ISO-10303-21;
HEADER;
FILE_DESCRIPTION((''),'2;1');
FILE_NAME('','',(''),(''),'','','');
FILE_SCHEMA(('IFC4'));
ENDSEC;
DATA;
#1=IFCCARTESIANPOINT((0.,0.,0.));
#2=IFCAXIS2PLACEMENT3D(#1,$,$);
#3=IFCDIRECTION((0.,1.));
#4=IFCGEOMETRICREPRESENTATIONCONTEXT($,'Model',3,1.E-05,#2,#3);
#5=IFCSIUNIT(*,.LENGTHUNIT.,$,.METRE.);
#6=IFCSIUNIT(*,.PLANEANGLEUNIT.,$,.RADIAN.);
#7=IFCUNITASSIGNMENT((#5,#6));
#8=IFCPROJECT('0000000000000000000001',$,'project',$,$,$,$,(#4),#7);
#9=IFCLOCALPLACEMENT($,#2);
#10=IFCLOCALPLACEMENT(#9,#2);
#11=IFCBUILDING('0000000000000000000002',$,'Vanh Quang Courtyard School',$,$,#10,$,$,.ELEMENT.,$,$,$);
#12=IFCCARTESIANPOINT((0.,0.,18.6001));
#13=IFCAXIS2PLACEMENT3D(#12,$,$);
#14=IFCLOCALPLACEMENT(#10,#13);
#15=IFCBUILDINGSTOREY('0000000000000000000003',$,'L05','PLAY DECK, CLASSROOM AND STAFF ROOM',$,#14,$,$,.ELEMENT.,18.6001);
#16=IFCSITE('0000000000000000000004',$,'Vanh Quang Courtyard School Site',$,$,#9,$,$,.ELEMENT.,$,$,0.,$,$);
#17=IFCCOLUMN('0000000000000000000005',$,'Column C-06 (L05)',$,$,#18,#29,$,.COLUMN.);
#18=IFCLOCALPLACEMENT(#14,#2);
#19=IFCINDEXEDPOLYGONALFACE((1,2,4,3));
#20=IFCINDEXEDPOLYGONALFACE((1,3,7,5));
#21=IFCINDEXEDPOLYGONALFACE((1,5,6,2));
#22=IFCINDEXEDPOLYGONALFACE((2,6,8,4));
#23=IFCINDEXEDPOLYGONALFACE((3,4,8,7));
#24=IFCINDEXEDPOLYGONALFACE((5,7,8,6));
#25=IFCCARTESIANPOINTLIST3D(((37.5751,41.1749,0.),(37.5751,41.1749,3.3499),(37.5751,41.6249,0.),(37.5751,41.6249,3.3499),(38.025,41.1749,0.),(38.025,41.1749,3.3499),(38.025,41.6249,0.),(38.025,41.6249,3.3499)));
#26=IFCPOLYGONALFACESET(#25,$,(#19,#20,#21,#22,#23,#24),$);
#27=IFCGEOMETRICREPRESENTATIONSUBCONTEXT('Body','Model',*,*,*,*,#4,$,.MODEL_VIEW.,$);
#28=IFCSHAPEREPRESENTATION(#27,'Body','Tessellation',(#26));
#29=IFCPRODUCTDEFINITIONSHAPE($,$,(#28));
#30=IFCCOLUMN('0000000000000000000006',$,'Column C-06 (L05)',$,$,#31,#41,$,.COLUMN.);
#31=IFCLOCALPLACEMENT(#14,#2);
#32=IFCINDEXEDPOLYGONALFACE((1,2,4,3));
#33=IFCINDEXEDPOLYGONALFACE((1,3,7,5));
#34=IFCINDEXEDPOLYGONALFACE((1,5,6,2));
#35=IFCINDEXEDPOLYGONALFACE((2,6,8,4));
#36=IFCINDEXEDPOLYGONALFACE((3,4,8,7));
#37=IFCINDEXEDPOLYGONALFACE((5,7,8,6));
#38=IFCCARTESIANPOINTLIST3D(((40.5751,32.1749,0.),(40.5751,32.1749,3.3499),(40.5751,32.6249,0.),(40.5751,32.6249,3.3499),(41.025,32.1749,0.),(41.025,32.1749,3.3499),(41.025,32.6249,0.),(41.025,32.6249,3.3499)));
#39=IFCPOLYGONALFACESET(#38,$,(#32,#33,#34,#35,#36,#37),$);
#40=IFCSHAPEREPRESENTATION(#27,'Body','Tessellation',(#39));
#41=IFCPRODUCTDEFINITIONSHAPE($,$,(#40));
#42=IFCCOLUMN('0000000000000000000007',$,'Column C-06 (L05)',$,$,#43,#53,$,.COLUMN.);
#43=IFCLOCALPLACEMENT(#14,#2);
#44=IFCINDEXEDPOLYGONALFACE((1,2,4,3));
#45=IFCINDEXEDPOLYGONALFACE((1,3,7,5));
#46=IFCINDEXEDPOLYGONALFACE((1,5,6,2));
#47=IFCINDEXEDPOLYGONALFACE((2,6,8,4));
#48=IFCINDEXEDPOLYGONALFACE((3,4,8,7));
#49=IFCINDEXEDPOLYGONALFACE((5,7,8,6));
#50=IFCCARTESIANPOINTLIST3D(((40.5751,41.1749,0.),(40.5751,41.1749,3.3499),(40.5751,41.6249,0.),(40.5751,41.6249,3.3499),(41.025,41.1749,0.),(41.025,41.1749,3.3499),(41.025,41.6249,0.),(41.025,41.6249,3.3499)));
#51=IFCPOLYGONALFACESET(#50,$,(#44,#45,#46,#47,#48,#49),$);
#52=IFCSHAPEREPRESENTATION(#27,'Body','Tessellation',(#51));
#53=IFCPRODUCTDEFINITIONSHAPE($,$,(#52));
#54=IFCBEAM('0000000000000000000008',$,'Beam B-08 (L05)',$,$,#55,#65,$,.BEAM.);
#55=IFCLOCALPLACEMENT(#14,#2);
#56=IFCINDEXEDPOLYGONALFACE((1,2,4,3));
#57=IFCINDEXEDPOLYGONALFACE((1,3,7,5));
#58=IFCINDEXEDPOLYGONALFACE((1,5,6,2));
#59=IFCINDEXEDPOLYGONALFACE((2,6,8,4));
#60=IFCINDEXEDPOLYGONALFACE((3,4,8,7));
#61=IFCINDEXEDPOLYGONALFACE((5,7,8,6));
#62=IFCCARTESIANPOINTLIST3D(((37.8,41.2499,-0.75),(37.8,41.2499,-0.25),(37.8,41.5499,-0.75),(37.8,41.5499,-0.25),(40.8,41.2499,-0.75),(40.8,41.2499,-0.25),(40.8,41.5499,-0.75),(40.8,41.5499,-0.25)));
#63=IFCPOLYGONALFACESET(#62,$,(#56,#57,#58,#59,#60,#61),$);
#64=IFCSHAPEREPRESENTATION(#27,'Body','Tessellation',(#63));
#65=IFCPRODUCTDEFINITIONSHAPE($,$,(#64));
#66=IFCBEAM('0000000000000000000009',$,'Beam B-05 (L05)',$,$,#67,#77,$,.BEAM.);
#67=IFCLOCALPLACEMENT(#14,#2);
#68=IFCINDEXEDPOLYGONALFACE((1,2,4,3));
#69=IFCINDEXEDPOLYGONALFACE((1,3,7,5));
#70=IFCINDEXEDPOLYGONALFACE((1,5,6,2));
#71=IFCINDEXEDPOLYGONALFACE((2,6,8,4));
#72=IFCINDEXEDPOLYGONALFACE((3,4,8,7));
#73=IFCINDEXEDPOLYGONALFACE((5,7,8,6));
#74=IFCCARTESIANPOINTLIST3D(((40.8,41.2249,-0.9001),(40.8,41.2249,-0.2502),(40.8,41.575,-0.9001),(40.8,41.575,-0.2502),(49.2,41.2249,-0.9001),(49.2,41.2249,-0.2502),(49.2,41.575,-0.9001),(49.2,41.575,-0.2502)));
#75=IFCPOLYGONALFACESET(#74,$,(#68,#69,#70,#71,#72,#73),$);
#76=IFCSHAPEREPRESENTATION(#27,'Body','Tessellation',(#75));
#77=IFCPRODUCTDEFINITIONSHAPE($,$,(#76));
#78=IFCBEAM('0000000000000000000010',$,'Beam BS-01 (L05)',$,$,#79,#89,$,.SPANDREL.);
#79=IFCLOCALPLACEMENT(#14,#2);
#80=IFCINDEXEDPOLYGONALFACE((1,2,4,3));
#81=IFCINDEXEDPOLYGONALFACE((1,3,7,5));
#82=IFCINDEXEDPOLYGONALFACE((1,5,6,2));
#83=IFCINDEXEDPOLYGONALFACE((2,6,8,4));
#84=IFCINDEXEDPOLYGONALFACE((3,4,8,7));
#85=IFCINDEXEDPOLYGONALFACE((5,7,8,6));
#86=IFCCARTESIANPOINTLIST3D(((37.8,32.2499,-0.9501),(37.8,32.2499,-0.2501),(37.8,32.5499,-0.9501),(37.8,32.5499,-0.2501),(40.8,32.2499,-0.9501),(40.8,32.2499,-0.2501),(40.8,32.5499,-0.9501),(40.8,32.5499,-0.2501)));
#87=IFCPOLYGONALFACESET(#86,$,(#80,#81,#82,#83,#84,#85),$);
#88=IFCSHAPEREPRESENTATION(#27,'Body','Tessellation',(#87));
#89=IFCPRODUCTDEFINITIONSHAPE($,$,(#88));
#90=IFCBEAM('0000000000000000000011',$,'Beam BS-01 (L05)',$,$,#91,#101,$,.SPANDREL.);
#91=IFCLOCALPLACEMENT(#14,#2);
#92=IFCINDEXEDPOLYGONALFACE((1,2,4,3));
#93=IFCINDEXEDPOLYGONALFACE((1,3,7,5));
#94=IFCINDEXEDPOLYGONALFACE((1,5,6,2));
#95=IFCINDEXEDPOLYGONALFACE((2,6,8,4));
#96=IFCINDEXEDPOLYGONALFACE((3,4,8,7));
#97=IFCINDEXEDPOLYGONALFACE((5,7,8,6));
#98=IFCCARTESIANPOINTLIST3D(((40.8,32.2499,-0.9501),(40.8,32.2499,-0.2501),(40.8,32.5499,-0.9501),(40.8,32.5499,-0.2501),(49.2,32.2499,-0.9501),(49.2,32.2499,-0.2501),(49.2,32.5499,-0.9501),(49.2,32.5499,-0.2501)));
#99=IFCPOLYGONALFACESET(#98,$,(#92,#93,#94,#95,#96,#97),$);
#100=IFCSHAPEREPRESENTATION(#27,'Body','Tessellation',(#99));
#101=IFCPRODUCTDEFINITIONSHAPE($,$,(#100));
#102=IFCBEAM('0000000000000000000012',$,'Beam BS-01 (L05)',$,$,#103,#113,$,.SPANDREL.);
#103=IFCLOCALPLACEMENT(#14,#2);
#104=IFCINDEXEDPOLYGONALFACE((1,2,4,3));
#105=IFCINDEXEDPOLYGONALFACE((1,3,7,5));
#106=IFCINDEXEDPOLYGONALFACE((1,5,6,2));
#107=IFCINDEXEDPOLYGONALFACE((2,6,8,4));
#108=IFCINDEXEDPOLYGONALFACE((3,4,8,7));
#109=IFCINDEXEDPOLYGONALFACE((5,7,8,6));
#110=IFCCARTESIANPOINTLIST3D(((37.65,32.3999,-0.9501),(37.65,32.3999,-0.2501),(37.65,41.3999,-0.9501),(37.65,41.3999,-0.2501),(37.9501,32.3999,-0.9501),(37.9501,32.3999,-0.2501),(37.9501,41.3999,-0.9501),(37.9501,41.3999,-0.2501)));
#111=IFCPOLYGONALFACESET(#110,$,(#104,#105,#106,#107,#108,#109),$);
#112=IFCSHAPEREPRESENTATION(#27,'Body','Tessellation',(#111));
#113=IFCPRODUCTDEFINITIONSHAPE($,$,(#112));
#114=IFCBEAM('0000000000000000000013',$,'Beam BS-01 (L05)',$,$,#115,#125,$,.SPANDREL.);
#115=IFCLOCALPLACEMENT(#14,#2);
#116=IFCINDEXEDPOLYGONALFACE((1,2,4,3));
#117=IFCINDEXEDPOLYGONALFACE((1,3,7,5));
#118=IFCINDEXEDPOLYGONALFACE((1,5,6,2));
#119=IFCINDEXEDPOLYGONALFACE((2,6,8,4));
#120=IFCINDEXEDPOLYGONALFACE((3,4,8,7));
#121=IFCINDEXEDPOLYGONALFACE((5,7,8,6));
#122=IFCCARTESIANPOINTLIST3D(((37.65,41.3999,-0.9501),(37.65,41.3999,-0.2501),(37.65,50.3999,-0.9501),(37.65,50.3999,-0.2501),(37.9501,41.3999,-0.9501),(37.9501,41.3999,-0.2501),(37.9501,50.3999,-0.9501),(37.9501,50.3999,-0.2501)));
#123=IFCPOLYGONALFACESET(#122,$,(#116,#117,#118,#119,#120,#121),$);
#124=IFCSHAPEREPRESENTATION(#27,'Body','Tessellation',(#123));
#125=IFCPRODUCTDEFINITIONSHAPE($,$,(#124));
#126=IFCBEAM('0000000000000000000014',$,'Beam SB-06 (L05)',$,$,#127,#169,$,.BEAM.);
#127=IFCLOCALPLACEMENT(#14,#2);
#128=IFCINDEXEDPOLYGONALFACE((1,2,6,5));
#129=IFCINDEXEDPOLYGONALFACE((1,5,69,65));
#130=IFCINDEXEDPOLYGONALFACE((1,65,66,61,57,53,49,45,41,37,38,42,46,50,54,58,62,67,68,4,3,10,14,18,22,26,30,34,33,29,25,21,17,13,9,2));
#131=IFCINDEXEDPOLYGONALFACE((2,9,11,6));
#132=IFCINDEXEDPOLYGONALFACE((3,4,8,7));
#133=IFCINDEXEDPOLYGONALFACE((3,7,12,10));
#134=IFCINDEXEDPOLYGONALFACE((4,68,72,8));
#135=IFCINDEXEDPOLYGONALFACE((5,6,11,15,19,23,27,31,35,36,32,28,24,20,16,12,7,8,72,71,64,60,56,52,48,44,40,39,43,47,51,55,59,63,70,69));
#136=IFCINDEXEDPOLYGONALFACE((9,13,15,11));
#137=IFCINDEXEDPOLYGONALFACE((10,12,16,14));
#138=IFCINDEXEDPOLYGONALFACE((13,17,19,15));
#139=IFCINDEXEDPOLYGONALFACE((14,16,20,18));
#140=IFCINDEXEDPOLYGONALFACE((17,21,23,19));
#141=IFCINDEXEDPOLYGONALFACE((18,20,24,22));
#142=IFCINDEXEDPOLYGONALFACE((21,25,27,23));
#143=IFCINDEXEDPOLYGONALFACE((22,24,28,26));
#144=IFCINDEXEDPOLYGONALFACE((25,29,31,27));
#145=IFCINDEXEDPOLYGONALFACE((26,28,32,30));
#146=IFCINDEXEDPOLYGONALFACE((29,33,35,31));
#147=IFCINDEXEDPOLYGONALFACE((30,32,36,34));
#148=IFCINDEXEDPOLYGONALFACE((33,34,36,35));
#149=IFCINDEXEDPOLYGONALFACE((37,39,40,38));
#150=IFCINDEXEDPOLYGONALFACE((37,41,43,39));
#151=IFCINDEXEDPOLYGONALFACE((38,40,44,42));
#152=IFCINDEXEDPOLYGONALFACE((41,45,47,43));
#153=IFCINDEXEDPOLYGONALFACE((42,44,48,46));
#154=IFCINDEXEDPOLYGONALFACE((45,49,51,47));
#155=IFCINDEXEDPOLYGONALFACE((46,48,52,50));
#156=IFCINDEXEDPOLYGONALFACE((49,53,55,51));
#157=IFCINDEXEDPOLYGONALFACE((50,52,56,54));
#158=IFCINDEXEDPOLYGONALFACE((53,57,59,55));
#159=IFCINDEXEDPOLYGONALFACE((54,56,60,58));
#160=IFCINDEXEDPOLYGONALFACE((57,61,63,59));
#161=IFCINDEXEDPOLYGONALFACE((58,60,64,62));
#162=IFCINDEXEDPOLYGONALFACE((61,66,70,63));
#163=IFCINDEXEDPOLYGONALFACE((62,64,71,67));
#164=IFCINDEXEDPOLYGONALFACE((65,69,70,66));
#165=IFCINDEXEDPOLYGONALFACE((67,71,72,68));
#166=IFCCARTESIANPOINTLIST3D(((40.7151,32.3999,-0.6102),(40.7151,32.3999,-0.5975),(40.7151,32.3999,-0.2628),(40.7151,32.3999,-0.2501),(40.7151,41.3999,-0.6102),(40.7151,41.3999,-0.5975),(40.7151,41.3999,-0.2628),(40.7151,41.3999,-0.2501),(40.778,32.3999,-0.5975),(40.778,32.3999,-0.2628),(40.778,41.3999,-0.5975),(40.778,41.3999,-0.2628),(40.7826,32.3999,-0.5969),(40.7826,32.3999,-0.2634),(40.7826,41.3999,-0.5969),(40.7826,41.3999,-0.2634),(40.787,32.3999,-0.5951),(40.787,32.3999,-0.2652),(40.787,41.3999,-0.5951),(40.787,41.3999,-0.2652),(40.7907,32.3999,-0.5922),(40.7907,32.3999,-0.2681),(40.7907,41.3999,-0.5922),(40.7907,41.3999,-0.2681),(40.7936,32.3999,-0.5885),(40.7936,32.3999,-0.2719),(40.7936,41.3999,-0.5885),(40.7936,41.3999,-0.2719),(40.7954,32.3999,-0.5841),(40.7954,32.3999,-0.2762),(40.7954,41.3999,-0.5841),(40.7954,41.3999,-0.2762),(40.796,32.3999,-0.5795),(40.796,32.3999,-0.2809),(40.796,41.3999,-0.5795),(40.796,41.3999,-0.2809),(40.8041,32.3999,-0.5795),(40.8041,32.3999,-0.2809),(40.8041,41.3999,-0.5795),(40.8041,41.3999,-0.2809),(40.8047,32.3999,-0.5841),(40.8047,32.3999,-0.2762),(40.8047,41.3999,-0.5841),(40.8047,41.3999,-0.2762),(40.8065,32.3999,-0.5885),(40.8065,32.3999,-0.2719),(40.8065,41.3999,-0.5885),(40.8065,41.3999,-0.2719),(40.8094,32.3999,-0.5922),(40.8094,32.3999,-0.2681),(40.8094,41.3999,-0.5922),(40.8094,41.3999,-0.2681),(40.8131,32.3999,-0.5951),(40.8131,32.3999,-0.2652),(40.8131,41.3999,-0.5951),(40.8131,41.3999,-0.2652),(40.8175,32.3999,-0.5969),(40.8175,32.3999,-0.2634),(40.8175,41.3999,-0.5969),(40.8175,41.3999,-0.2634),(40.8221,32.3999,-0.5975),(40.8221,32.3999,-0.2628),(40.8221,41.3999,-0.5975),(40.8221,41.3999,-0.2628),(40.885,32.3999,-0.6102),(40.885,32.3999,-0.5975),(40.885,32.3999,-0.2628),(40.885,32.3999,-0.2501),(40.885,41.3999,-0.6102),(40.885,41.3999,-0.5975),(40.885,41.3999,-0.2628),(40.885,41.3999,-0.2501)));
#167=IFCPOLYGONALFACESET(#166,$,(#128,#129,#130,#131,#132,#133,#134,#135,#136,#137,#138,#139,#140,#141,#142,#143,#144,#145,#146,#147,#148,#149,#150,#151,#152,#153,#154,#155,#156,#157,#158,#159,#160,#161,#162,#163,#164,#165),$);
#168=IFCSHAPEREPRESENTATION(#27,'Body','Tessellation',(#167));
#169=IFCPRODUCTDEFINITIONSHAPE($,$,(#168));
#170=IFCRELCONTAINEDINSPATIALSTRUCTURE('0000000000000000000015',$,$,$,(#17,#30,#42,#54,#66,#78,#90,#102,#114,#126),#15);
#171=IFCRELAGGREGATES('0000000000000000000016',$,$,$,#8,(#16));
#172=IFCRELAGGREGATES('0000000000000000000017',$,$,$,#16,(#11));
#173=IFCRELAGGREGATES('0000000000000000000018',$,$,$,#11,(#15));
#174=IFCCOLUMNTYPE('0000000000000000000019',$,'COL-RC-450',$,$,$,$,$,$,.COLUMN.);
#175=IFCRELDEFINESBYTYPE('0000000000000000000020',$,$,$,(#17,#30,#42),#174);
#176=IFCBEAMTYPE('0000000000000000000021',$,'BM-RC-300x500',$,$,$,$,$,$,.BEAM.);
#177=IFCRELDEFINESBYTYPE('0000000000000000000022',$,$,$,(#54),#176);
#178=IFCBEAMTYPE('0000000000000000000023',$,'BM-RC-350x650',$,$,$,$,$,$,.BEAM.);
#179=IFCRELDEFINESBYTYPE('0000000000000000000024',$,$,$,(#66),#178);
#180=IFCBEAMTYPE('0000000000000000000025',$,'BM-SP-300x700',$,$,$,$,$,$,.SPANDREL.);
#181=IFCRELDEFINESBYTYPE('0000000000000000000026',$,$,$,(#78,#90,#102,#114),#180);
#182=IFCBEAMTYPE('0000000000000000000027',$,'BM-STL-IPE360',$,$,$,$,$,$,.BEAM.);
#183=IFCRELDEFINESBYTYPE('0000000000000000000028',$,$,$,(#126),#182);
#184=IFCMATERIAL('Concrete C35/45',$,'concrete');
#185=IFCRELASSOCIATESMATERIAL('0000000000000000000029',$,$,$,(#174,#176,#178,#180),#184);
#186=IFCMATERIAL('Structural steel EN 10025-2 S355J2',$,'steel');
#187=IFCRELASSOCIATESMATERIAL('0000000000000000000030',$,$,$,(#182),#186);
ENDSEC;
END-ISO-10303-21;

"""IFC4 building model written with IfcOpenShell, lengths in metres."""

from ifc_helpers import new_model, si_unit, direction, frame, origin, origin_2d, place, context, subcontext, project, spatial, rectangle, i_section, extrude, material, material_profile, profile_set, type_object, element, save


model = new_model("IFC4")

# Units and contexts
model_context = context("Model", 3, precision=1e-05, world=origin(), true_north=direction((0.0, 1.0)))
body_context = subcontext(model_context, "Body", "Model", "MODEL_VIEW")
ifc_project = project(units=[si_unit("LENGTHUNIT", "METRE"), si_unit("PLANEANGLEUNIT", "RADIAN")], contexts=[model_context])

# Site, building, storey
site_placement = place(None, origin())
site = spatial("IfcSite", under=ifc_project, at=site_placement, Name="Vanh Quang Courtyard School Site", CompositionType="ELEMENT", RefElevation=0.0)
building_placement = place(site_placement, origin())
building = spatial("IfcBuilding", under=site, at=building_placement, Name="Vanh Quang Courtyard School", CompositionType="ELEMENT")
storey_placement = place(building_placement, frame((0.0, 0.0, 18.6001)))
storey = spatial("IfcBuildingStorey", under=building, at=storey_placement, Name="L05", Description="PLAY DECK, CLASSROOM AND STAFF ROOM", CompositionType="ELEMENT", Elevation=18.6001)

# Columns
ifc_material_1 = material(Name="Concrete C35/45", Category="concrete")
ifc_material_profile_1 = material_profile(ifc_material_1, rectangle(XDim=0.45, YDim=0.45, at=origin_2d()), Name="RC-COL 450x450")
ifc_profile_set_1 = profile_set([ifc_material_profile_1], Name="Concrete C35/45")
column_type = type_object("IfcColumnType", Name="COL-RC-450", PredefinedType="COLUMN", material=ifc_profile_set_1)
for number, where, z_axis, x_axis, name in (
    (1, (37.8, 41.3999, 0.0), (0.0, 0.0, 1.0), (1.0, 0.0, 0.0), "Column C-06 (L05)"),
    (2, (40.8, 32.3999, 0.0), (0.0, 0.0, 1.0), (1.0, 0.0, 0.0), "Column C-06 (L05)"),
    (3, (40.8, 41.3999, 0.0), (0.0, 0.0, 1.0), (1.0, 0.0, 0.0), "Column C-06 (L05)"),
):
    element("IfcColumn", number, at=place(storey_placement, frame(where, z_axis=z_axis, x_axis=x_axis)), inside=storey, type_object=column_type, Name=name, PredefinedType="COLUMN", context=body_context, shape_type="SweptSolid", body=[
        extrude(rectangle(XDim=0.45, YDim=0.45, at=origin_2d()), origin(), (0.0, 0.0, 1.0), 3.3499),
    ])

# Beams
ifc_material_profile_2 = material_profile(ifc_material_1, rectangle(XDim=0.3, YDim=0.5, at=origin_2d()), Name="RC-BM 300x500")
ifc_profile_set_2 = profile_set([ifc_material_profile_2], Name="Concrete C35/45")
beam_type_1 = type_object("IfcBeamType", Name="BM-RC-300x500", PredefinedType="BEAM", material=ifc_profile_set_2)
beam_1_placement = place(storey_placement, frame((37.8, 41.3999, -0.5), z_axis=(1.0, 0.0, 0.0), x_axis=(0.0, 1.0, 0.0)))
element("IfcBeam", 4, at=beam_1_placement, inside=storey, type_object=beam_type_1, Name="Beam B-08 (L05)", PredefinedType="BEAM", context=body_context, shape_type="SweptSolid", body=[
    extrude(rectangle(XDim=0.3, YDim=0.5, at=origin_2d()), origin(), (0.0, 0.0, 1.0), 3.0),
])
ifc_material_profile_3 = material_profile(ifc_material_1, rectangle(XDim=0.3501, YDim=0.6499, at=origin_2d()), Name="RC-BM 350x650")
ifc_profile_set_3 = profile_set([ifc_material_profile_3], Name="Concrete C35/45")
beam_type_2 = type_object("IfcBeamType", Name="BM-RC-350x650", PredefinedType="BEAM", material=ifc_profile_set_3)
beam_2_placement = place(storey_placement, frame((40.8, 41.3999, -0.5752), z_axis=(1.0, 0.0, 0.0), x_axis=(0.0, 1.0, 0.0)))
element("IfcBeam", 5, at=beam_2_placement, inside=storey, type_object=beam_type_2, Name="Beam B-05 (L05)", PredefinedType="BEAM", context=body_context, shape_type="SweptSolid", body=[
    extrude(rectangle(XDim=0.3501, YDim=0.6499, at=origin_2d()), origin(), (0.0, 0.0, 1.0), 8.3999),
])
ifc_material_profile_4 = material_profile(ifc_material_1, rectangle(XDim=0.3, YDim=0.7, at=origin_2d()), Name="RC-SP 300x700")
ifc_profile_set_4 = profile_set([ifc_material_profile_4], Name="Concrete C35/45")
beam_type_3 = type_object("IfcBeamType", Name="BM-SP-300x700", PredefinedType="SPANDREL", material=ifc_profile_set_4)
beam_3_placement = place(storey_placement, frame((37.8, 32.3999, -0.6001), z_axis=(1.0, 0.0, 0.0), x_axis=(0.0, 1.0, 0.0)))
element("IfcBeam", 6, at=beam_3_placement, inside=storey, type_object=beam_type_3, Name="Beam BS-01 (L05)", PredefinedType="SPANDREL", context=body_context, shape_type="SweptSolid", body=[
    extrude(rectangle(XDim=0.3, YDim=0.7, at=origin_2d()), origin(), (0.0, 0.0, 1.0), 3.0),
])
beam_4_placement = place(storey_placement, frame((40.8, 32.3999, -0.6001), z_axis=(1.0, 0.0, 0.0), x_axis=(0.0, 1.0, 0.0)))
element("IfcBeam", 7, at=beam_4_placement, inside=storey, type_object=beam_type_3, Name="Beam BS-01 (L05)", PredefinedType="SPANDREL", context=body_context, shape_type="SweptSolid", body=[
    extrude(rectangle(XDim=0.3, YDim=0.7, at=origin_2d()), origin(), (0.0, 0.0, 1.0), 8.3999),
])
for number, where, z_axis, x_axis, name in (
    (8, (37.8, 32.3999, -0.6001), (0.0, 1.0, 0.0), (-1.0, 0.0, 0.0), "Beam BS-01 (L05)"),
    (9, (37.8, 41.3999, -0.6001), (0.0, 1.0, 0.0), (-1.0, 0.0, 0.0), "Beam BS-01 (L05)"),
):
    element("IfcBeam", number, at=place(storey_placement, frame(where, z_axis=z_axis, x_axis=x_axis)), inside=storey, type_object=beam_type_3, Name=name, PredefinedType="SPANDREL", context=body_context, shape_type="SweptSolid", body=[
        extrude(rectangle(XDim=0.3, YDim=0.7, at=origin_2d()), origin(), (0.0, 0.0, 1.0), 9.0),
    ])
ifc_material_2 = material(Name="Structural steel EN 10025-2 S355J2", Category="steel")
ifc_material_profile_5 = material_profile(ifc_material_2, i_section(OverallWidth=0.1699, OverallDepth=0.3601, WebThickness=0.0081, FlangeThickness=0.0127, FilletRadius=0.0181, at=origin_2d()), Name="IPE 360")
ifc_profile_set_5 = profile_set([ifc_material_profile_5], Name="Structural steel EN 10025-2 S355J2")
beam_type_4 = type_object("IfcBeamType", Name="BM-STL-IPE360", PredefinedType="BEAM", material=ifc_profile_set_5)
for number, where, z_axis, x_axis, name in (
    (10, (40.8, 32.3999, -0.4302), (0.0, 1.0, 0.0), (-1.0, 0.0, 0.0), "Beam SB-06 (L05)"),
):
    element("IfcBeam", number, at=place(storey_placement, frame(where, z_axis=z_axis, x_axis=x_axis)), inside=storey, type_object=beam_type_4, Name=name, PredefinedType="BEAM", context=body_context, shape_type="SweptSolid", body=[
        extrude(i_section(OverallWidth=0.1699, OverallDepth=0.3601, WebThickness=0.0081, FlangeThickness=0.0127, FilletRadius=0.0181, at=origin_2d()), origin(), (0.0, 0.0, 1.0), 9.0),
    ])

save(model, "model.ifc")
